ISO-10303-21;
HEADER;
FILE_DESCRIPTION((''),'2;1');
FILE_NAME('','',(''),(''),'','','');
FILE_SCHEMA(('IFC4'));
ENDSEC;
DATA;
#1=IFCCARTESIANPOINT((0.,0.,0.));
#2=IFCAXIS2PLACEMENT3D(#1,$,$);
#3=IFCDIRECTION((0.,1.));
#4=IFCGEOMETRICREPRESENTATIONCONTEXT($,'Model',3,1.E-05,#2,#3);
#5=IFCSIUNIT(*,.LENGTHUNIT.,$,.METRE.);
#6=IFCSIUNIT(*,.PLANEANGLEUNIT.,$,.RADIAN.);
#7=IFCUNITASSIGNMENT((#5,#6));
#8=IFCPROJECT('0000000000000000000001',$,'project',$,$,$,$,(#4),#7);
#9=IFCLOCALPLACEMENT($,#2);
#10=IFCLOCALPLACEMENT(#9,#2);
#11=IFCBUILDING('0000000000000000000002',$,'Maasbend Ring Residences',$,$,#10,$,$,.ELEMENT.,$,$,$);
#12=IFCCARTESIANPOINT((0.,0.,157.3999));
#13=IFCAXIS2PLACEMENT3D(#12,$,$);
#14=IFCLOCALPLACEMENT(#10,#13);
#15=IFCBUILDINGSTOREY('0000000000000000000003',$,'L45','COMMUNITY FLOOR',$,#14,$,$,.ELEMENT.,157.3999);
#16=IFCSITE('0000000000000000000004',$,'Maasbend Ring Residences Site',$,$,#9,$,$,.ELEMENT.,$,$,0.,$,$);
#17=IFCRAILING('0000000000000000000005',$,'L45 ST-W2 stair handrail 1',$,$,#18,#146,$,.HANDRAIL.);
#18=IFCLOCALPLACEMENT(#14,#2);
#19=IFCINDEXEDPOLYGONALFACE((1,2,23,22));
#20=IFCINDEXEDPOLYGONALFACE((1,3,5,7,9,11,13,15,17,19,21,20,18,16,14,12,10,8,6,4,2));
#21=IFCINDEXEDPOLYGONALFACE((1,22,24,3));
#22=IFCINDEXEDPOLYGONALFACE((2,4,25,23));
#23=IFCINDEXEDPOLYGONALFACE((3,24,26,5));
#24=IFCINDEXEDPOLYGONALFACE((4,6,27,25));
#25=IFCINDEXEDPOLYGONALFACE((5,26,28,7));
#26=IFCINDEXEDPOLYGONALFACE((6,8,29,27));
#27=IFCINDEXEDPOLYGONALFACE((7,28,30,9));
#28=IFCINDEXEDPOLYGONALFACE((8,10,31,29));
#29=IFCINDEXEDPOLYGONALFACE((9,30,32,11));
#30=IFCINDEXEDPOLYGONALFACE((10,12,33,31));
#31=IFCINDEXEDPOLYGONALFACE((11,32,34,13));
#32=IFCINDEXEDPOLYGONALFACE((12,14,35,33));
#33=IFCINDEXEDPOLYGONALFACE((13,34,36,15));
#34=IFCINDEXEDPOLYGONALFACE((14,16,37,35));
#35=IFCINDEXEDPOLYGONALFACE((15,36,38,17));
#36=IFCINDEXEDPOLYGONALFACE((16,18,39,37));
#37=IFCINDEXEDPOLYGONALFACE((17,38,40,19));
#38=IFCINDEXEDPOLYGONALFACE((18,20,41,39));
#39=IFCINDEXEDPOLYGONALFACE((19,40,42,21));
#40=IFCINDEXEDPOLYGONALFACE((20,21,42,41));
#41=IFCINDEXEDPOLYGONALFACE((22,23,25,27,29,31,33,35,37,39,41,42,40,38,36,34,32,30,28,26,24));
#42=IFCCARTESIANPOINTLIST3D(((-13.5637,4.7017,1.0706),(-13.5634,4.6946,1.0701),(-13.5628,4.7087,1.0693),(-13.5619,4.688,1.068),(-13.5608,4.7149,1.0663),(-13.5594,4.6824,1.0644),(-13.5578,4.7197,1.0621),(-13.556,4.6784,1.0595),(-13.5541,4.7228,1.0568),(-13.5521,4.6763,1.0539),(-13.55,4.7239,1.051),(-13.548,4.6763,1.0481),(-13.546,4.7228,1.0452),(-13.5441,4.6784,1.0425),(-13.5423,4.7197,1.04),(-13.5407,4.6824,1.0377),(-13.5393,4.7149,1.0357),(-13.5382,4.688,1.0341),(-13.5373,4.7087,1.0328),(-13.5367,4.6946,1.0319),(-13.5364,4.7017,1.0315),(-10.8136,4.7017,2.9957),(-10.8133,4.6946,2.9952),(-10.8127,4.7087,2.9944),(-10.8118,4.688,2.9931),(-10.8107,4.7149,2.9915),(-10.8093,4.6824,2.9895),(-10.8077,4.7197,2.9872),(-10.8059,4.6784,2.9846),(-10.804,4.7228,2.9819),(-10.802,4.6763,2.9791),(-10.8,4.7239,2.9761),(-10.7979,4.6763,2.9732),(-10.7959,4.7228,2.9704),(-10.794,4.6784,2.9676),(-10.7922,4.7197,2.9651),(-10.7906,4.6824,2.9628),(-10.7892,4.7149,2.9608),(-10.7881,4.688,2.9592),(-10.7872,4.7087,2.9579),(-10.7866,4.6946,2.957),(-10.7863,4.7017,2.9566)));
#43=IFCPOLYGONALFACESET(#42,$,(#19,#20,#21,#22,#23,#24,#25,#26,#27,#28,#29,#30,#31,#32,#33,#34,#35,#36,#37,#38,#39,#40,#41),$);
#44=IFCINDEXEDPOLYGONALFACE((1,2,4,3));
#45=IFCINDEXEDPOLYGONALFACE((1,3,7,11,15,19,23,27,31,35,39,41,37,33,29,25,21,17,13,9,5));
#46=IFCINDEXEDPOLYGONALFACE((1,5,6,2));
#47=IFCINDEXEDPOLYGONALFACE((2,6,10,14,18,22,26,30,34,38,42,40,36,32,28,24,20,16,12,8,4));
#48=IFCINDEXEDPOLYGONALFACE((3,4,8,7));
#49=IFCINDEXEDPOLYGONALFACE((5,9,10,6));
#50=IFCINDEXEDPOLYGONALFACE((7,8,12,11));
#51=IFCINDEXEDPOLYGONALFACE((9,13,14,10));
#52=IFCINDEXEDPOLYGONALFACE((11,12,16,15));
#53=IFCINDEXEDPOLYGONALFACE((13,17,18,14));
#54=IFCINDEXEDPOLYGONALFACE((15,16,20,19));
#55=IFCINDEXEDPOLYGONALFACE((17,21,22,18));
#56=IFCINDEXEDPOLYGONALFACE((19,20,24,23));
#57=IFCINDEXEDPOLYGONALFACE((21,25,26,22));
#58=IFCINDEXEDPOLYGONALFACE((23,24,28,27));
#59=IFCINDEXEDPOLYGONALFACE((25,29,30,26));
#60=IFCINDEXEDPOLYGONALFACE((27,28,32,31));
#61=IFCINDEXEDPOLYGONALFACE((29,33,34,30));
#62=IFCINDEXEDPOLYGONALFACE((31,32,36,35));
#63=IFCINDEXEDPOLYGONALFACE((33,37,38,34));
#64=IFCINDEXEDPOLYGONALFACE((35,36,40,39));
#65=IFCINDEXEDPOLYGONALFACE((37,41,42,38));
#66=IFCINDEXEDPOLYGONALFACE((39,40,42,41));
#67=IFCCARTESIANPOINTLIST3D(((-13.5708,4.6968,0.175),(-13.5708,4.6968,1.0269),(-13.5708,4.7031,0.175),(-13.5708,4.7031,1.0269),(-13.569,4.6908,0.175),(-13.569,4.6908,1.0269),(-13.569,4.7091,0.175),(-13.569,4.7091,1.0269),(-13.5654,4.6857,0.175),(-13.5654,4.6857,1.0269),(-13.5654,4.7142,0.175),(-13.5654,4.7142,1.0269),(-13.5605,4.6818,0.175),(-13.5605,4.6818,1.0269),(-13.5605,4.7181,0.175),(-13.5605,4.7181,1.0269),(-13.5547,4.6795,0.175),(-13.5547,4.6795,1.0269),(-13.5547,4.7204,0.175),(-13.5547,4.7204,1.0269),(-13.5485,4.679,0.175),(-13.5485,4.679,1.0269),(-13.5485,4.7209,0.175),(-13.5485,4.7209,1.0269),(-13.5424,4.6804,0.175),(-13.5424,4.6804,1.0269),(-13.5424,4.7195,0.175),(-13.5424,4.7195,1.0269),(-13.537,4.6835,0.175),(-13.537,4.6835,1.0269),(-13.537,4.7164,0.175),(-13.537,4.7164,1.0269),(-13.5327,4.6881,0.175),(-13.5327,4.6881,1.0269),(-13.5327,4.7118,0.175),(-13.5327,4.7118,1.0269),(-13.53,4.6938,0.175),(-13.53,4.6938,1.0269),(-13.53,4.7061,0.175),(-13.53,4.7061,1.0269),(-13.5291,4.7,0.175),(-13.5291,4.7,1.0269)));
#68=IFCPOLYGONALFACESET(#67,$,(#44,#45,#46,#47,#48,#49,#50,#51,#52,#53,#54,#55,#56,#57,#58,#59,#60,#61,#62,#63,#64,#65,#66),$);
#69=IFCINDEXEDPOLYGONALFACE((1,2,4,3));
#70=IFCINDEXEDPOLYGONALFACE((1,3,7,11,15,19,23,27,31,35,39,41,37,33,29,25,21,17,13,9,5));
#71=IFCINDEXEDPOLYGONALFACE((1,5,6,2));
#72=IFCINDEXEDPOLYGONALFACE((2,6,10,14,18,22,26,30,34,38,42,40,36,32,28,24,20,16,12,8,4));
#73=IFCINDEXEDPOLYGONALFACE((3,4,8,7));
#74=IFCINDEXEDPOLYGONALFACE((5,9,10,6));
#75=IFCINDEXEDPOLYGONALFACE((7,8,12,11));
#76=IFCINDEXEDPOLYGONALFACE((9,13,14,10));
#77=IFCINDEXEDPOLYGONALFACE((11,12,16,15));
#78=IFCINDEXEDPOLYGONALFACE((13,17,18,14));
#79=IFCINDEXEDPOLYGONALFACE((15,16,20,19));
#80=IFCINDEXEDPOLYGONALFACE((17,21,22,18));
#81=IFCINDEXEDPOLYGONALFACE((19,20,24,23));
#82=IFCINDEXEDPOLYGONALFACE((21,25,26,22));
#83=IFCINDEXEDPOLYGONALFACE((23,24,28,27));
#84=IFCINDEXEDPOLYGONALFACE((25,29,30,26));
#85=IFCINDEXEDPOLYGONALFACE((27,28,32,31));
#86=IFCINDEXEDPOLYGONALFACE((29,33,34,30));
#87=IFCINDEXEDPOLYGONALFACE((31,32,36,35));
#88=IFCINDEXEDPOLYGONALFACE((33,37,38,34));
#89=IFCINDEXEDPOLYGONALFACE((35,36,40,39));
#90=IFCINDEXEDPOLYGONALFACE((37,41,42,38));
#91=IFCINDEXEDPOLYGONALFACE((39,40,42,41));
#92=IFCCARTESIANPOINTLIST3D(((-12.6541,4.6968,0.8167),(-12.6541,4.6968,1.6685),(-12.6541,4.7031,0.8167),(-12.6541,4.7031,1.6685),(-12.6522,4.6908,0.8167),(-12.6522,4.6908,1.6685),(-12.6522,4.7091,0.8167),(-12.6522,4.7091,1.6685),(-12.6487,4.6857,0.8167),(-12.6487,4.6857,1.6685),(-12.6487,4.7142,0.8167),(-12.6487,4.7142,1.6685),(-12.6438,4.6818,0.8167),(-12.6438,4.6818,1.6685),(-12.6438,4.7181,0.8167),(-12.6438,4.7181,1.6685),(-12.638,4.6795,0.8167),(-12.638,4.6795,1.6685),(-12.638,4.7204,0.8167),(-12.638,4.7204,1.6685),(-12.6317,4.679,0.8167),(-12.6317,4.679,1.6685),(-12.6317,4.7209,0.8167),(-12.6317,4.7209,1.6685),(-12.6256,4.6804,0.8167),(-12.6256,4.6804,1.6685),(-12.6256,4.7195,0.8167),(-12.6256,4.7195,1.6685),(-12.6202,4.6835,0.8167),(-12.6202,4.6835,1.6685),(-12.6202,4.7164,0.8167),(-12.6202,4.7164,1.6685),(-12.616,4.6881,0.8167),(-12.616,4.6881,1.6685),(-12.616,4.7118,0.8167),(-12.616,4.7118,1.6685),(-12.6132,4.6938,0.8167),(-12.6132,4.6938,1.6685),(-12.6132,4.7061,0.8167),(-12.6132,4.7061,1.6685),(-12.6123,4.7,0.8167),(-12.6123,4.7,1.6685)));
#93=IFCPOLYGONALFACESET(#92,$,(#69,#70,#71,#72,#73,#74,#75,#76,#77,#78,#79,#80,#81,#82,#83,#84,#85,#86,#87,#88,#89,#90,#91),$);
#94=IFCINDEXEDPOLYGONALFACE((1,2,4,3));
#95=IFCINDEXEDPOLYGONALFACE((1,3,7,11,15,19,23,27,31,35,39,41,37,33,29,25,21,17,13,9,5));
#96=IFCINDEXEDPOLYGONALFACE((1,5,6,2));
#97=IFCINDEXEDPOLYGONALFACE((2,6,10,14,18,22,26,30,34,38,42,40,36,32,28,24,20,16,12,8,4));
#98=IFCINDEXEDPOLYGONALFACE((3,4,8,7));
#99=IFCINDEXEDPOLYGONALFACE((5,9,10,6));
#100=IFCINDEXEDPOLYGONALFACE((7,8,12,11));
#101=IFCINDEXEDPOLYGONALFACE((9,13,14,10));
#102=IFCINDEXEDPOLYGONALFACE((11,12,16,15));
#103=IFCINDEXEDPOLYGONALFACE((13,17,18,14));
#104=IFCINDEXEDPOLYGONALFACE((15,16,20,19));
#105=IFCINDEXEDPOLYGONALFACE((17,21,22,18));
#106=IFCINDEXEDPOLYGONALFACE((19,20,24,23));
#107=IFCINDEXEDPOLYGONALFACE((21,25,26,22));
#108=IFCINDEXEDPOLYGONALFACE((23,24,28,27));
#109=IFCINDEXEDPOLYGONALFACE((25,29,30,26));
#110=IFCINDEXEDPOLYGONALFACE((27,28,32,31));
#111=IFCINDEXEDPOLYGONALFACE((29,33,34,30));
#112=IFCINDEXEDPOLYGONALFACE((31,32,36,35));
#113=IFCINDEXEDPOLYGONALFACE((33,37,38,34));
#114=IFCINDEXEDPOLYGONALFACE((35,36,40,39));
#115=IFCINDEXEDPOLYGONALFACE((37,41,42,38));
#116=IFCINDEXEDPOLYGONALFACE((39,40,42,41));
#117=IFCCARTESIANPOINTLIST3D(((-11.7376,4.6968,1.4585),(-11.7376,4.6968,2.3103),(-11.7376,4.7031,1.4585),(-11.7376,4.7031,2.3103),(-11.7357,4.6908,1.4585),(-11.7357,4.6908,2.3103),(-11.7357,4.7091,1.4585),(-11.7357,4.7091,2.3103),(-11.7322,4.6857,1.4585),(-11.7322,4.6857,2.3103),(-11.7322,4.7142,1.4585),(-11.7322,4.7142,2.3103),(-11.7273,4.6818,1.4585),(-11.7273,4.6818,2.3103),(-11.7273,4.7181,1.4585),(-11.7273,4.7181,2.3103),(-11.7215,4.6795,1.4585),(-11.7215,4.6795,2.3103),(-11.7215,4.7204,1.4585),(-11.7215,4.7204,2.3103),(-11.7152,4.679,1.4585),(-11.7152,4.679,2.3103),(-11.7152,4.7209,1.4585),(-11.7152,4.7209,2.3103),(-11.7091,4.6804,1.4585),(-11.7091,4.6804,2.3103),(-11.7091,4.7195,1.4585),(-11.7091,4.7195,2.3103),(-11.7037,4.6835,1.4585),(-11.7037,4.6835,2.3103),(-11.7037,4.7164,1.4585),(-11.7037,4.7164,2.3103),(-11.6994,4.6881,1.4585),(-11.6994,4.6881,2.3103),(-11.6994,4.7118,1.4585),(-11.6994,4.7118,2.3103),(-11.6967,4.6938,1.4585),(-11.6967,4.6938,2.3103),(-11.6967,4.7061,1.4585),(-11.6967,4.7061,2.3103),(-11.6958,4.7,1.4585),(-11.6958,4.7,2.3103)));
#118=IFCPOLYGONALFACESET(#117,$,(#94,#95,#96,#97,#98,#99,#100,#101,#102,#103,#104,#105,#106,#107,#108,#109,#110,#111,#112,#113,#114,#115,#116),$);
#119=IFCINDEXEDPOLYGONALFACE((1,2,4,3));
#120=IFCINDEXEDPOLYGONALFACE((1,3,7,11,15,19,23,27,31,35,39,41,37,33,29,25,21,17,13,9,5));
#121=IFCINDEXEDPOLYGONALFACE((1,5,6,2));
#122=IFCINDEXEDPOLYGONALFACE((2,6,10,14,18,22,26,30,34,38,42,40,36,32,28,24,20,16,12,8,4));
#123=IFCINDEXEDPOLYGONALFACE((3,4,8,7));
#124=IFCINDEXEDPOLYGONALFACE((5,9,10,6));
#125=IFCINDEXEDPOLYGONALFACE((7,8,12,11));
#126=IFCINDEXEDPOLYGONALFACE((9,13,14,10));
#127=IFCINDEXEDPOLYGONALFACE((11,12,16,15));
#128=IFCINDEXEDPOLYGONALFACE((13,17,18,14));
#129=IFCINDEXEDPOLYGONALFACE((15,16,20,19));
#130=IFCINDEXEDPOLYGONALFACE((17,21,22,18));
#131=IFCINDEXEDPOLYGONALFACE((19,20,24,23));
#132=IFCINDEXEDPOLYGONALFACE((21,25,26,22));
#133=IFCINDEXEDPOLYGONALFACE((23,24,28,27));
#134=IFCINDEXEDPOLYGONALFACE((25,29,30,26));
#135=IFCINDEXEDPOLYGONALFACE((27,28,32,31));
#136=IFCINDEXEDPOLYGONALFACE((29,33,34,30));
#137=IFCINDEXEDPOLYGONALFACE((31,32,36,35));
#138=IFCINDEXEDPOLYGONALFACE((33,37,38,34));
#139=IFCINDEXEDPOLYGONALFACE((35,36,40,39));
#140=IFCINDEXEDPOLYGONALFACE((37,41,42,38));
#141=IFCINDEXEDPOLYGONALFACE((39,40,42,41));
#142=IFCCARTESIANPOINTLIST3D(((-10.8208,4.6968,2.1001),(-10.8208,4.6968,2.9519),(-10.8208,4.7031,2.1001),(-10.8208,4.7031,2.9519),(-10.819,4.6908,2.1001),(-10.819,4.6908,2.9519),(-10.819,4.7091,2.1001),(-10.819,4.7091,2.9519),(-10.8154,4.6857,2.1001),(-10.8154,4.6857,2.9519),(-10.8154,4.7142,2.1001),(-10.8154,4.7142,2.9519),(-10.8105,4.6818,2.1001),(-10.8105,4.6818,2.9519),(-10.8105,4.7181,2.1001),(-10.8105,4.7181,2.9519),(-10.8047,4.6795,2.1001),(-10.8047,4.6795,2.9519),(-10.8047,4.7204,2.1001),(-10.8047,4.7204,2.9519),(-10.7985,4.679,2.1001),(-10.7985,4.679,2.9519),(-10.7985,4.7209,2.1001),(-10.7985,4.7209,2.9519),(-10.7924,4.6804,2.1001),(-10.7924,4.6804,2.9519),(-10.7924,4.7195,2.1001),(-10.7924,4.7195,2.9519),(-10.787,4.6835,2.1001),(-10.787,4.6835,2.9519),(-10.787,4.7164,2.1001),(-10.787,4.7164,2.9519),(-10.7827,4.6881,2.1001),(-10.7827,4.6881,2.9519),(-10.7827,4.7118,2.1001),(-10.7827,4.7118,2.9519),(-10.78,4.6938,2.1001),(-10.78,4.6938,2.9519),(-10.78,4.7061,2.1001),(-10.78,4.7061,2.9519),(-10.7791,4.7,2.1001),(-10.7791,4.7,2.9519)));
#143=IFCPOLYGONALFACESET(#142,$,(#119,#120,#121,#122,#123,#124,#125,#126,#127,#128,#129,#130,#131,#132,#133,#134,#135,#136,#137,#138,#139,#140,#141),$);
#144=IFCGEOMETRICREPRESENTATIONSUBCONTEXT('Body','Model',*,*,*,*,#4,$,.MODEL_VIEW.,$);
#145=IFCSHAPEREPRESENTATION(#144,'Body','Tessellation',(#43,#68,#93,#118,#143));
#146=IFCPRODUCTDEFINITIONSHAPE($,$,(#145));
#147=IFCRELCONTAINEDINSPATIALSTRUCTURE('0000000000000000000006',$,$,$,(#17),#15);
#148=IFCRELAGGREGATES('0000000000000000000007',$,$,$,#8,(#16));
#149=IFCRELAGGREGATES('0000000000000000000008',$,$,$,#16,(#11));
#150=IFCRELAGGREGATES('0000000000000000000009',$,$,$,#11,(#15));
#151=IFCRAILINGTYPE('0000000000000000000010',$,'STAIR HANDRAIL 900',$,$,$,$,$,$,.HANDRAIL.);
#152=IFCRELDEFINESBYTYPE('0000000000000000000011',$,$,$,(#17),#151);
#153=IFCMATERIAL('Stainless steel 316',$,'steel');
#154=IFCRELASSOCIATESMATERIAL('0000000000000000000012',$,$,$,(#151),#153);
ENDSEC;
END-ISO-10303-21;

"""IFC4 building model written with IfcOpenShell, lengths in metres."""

from ifc_helpers import new_model, si_unit, direction, frame, origin, origin_2d, place, context, subcontext, project, spatial, circle, extrude, material, type_object, element, save


model = new_model("IFC4")

# Units and contexts
model_context = context("Model", 3, precision=1e-05, world=origin(), true_north=direction((0.0, 1.0)))
body_context = subcontext(model_context, "Body", "Model", "MODEL_VIEW")
ifc_project = project(units=[si_unit("LENGTHUNIT", "METRE"), si_unit("PLANEANGLEUNIT", "RADIAN")], contexts=[model_context])

# Site, building, storey
site_placement = place(None, origin())
site = spatial("IfcSite", under=ifc_project, at=site_placement, Name="Maasbend Ring Residences Site", CompositionType="ELEMENT", RefElevation=0.0)
building_placement = place(site_placement, origin())
building = spatial("IfcBuilding", under=site, at=building_placement, Name="Maasbend Ring Residences", CompositionType="ELEMENT")
storey_placement = place(building_placement, frame((0.0, 0.0, 157.3999)))
storey = spatial("IfcBuildingStorey", under=building, at=storey_placement, Name="L45", Description="COMMUNITY FLOOR", CompositionType="ELEMENT", Elevation=157.3999)

# Railing
ifc_material_1 = material(Name="Stainless steel 316", Category="steel")
railing_type_1 = type_object("IfcRailingType", Name="STAIR HANDRAIL 900", PredefinedType="HANDRAIL", material=ifc_material_1)
railing_1_placement = place(storey_placement, frame((-13.55, 4.7, 0.175)))
element("IfcRailing", 1, at=railing_1_placement, inside=storey, type_object=railing_type_1, Name="L45 ST-W2 stair handrail 1", PredefinedType="HANDRAIL", context=body_context, shape_type="SweptSolid", body=[
    extrude(circle(Radius=0.0239, at=origin_2d()), frame((0.0, 0.0, 0.876), z_axis=(0.819225, 0.0, 0.573472), x_axis=(0.0, 1.0, 0.0)), (0.0, 0.0, 1.0), 3.3569),
    extrude(circle(Radius=0.021, at=origin_2d()), origin(), (0.0, 0.0, 1.0), 0.8518),
    extrude(circle(Radius=0.021, at=origin_2d()), frame((0.9167, 0.0, 0.6416)), (0.0, 0.0, 1.0), 0.8518),
    extrude(circle(Radius=0.021, at=origin_2d()), frame((1.8333, 0.0, 1.2834)), (0.0, 0.0, 1.0), 0.8518),
    extrude(circle(Radius=0.021, at=origin_2d()), frame((2.75, 0.0, 1.925)), (0.0, 0.0, 1.0), 0.8518),
])

save(model, "model.ifc")
